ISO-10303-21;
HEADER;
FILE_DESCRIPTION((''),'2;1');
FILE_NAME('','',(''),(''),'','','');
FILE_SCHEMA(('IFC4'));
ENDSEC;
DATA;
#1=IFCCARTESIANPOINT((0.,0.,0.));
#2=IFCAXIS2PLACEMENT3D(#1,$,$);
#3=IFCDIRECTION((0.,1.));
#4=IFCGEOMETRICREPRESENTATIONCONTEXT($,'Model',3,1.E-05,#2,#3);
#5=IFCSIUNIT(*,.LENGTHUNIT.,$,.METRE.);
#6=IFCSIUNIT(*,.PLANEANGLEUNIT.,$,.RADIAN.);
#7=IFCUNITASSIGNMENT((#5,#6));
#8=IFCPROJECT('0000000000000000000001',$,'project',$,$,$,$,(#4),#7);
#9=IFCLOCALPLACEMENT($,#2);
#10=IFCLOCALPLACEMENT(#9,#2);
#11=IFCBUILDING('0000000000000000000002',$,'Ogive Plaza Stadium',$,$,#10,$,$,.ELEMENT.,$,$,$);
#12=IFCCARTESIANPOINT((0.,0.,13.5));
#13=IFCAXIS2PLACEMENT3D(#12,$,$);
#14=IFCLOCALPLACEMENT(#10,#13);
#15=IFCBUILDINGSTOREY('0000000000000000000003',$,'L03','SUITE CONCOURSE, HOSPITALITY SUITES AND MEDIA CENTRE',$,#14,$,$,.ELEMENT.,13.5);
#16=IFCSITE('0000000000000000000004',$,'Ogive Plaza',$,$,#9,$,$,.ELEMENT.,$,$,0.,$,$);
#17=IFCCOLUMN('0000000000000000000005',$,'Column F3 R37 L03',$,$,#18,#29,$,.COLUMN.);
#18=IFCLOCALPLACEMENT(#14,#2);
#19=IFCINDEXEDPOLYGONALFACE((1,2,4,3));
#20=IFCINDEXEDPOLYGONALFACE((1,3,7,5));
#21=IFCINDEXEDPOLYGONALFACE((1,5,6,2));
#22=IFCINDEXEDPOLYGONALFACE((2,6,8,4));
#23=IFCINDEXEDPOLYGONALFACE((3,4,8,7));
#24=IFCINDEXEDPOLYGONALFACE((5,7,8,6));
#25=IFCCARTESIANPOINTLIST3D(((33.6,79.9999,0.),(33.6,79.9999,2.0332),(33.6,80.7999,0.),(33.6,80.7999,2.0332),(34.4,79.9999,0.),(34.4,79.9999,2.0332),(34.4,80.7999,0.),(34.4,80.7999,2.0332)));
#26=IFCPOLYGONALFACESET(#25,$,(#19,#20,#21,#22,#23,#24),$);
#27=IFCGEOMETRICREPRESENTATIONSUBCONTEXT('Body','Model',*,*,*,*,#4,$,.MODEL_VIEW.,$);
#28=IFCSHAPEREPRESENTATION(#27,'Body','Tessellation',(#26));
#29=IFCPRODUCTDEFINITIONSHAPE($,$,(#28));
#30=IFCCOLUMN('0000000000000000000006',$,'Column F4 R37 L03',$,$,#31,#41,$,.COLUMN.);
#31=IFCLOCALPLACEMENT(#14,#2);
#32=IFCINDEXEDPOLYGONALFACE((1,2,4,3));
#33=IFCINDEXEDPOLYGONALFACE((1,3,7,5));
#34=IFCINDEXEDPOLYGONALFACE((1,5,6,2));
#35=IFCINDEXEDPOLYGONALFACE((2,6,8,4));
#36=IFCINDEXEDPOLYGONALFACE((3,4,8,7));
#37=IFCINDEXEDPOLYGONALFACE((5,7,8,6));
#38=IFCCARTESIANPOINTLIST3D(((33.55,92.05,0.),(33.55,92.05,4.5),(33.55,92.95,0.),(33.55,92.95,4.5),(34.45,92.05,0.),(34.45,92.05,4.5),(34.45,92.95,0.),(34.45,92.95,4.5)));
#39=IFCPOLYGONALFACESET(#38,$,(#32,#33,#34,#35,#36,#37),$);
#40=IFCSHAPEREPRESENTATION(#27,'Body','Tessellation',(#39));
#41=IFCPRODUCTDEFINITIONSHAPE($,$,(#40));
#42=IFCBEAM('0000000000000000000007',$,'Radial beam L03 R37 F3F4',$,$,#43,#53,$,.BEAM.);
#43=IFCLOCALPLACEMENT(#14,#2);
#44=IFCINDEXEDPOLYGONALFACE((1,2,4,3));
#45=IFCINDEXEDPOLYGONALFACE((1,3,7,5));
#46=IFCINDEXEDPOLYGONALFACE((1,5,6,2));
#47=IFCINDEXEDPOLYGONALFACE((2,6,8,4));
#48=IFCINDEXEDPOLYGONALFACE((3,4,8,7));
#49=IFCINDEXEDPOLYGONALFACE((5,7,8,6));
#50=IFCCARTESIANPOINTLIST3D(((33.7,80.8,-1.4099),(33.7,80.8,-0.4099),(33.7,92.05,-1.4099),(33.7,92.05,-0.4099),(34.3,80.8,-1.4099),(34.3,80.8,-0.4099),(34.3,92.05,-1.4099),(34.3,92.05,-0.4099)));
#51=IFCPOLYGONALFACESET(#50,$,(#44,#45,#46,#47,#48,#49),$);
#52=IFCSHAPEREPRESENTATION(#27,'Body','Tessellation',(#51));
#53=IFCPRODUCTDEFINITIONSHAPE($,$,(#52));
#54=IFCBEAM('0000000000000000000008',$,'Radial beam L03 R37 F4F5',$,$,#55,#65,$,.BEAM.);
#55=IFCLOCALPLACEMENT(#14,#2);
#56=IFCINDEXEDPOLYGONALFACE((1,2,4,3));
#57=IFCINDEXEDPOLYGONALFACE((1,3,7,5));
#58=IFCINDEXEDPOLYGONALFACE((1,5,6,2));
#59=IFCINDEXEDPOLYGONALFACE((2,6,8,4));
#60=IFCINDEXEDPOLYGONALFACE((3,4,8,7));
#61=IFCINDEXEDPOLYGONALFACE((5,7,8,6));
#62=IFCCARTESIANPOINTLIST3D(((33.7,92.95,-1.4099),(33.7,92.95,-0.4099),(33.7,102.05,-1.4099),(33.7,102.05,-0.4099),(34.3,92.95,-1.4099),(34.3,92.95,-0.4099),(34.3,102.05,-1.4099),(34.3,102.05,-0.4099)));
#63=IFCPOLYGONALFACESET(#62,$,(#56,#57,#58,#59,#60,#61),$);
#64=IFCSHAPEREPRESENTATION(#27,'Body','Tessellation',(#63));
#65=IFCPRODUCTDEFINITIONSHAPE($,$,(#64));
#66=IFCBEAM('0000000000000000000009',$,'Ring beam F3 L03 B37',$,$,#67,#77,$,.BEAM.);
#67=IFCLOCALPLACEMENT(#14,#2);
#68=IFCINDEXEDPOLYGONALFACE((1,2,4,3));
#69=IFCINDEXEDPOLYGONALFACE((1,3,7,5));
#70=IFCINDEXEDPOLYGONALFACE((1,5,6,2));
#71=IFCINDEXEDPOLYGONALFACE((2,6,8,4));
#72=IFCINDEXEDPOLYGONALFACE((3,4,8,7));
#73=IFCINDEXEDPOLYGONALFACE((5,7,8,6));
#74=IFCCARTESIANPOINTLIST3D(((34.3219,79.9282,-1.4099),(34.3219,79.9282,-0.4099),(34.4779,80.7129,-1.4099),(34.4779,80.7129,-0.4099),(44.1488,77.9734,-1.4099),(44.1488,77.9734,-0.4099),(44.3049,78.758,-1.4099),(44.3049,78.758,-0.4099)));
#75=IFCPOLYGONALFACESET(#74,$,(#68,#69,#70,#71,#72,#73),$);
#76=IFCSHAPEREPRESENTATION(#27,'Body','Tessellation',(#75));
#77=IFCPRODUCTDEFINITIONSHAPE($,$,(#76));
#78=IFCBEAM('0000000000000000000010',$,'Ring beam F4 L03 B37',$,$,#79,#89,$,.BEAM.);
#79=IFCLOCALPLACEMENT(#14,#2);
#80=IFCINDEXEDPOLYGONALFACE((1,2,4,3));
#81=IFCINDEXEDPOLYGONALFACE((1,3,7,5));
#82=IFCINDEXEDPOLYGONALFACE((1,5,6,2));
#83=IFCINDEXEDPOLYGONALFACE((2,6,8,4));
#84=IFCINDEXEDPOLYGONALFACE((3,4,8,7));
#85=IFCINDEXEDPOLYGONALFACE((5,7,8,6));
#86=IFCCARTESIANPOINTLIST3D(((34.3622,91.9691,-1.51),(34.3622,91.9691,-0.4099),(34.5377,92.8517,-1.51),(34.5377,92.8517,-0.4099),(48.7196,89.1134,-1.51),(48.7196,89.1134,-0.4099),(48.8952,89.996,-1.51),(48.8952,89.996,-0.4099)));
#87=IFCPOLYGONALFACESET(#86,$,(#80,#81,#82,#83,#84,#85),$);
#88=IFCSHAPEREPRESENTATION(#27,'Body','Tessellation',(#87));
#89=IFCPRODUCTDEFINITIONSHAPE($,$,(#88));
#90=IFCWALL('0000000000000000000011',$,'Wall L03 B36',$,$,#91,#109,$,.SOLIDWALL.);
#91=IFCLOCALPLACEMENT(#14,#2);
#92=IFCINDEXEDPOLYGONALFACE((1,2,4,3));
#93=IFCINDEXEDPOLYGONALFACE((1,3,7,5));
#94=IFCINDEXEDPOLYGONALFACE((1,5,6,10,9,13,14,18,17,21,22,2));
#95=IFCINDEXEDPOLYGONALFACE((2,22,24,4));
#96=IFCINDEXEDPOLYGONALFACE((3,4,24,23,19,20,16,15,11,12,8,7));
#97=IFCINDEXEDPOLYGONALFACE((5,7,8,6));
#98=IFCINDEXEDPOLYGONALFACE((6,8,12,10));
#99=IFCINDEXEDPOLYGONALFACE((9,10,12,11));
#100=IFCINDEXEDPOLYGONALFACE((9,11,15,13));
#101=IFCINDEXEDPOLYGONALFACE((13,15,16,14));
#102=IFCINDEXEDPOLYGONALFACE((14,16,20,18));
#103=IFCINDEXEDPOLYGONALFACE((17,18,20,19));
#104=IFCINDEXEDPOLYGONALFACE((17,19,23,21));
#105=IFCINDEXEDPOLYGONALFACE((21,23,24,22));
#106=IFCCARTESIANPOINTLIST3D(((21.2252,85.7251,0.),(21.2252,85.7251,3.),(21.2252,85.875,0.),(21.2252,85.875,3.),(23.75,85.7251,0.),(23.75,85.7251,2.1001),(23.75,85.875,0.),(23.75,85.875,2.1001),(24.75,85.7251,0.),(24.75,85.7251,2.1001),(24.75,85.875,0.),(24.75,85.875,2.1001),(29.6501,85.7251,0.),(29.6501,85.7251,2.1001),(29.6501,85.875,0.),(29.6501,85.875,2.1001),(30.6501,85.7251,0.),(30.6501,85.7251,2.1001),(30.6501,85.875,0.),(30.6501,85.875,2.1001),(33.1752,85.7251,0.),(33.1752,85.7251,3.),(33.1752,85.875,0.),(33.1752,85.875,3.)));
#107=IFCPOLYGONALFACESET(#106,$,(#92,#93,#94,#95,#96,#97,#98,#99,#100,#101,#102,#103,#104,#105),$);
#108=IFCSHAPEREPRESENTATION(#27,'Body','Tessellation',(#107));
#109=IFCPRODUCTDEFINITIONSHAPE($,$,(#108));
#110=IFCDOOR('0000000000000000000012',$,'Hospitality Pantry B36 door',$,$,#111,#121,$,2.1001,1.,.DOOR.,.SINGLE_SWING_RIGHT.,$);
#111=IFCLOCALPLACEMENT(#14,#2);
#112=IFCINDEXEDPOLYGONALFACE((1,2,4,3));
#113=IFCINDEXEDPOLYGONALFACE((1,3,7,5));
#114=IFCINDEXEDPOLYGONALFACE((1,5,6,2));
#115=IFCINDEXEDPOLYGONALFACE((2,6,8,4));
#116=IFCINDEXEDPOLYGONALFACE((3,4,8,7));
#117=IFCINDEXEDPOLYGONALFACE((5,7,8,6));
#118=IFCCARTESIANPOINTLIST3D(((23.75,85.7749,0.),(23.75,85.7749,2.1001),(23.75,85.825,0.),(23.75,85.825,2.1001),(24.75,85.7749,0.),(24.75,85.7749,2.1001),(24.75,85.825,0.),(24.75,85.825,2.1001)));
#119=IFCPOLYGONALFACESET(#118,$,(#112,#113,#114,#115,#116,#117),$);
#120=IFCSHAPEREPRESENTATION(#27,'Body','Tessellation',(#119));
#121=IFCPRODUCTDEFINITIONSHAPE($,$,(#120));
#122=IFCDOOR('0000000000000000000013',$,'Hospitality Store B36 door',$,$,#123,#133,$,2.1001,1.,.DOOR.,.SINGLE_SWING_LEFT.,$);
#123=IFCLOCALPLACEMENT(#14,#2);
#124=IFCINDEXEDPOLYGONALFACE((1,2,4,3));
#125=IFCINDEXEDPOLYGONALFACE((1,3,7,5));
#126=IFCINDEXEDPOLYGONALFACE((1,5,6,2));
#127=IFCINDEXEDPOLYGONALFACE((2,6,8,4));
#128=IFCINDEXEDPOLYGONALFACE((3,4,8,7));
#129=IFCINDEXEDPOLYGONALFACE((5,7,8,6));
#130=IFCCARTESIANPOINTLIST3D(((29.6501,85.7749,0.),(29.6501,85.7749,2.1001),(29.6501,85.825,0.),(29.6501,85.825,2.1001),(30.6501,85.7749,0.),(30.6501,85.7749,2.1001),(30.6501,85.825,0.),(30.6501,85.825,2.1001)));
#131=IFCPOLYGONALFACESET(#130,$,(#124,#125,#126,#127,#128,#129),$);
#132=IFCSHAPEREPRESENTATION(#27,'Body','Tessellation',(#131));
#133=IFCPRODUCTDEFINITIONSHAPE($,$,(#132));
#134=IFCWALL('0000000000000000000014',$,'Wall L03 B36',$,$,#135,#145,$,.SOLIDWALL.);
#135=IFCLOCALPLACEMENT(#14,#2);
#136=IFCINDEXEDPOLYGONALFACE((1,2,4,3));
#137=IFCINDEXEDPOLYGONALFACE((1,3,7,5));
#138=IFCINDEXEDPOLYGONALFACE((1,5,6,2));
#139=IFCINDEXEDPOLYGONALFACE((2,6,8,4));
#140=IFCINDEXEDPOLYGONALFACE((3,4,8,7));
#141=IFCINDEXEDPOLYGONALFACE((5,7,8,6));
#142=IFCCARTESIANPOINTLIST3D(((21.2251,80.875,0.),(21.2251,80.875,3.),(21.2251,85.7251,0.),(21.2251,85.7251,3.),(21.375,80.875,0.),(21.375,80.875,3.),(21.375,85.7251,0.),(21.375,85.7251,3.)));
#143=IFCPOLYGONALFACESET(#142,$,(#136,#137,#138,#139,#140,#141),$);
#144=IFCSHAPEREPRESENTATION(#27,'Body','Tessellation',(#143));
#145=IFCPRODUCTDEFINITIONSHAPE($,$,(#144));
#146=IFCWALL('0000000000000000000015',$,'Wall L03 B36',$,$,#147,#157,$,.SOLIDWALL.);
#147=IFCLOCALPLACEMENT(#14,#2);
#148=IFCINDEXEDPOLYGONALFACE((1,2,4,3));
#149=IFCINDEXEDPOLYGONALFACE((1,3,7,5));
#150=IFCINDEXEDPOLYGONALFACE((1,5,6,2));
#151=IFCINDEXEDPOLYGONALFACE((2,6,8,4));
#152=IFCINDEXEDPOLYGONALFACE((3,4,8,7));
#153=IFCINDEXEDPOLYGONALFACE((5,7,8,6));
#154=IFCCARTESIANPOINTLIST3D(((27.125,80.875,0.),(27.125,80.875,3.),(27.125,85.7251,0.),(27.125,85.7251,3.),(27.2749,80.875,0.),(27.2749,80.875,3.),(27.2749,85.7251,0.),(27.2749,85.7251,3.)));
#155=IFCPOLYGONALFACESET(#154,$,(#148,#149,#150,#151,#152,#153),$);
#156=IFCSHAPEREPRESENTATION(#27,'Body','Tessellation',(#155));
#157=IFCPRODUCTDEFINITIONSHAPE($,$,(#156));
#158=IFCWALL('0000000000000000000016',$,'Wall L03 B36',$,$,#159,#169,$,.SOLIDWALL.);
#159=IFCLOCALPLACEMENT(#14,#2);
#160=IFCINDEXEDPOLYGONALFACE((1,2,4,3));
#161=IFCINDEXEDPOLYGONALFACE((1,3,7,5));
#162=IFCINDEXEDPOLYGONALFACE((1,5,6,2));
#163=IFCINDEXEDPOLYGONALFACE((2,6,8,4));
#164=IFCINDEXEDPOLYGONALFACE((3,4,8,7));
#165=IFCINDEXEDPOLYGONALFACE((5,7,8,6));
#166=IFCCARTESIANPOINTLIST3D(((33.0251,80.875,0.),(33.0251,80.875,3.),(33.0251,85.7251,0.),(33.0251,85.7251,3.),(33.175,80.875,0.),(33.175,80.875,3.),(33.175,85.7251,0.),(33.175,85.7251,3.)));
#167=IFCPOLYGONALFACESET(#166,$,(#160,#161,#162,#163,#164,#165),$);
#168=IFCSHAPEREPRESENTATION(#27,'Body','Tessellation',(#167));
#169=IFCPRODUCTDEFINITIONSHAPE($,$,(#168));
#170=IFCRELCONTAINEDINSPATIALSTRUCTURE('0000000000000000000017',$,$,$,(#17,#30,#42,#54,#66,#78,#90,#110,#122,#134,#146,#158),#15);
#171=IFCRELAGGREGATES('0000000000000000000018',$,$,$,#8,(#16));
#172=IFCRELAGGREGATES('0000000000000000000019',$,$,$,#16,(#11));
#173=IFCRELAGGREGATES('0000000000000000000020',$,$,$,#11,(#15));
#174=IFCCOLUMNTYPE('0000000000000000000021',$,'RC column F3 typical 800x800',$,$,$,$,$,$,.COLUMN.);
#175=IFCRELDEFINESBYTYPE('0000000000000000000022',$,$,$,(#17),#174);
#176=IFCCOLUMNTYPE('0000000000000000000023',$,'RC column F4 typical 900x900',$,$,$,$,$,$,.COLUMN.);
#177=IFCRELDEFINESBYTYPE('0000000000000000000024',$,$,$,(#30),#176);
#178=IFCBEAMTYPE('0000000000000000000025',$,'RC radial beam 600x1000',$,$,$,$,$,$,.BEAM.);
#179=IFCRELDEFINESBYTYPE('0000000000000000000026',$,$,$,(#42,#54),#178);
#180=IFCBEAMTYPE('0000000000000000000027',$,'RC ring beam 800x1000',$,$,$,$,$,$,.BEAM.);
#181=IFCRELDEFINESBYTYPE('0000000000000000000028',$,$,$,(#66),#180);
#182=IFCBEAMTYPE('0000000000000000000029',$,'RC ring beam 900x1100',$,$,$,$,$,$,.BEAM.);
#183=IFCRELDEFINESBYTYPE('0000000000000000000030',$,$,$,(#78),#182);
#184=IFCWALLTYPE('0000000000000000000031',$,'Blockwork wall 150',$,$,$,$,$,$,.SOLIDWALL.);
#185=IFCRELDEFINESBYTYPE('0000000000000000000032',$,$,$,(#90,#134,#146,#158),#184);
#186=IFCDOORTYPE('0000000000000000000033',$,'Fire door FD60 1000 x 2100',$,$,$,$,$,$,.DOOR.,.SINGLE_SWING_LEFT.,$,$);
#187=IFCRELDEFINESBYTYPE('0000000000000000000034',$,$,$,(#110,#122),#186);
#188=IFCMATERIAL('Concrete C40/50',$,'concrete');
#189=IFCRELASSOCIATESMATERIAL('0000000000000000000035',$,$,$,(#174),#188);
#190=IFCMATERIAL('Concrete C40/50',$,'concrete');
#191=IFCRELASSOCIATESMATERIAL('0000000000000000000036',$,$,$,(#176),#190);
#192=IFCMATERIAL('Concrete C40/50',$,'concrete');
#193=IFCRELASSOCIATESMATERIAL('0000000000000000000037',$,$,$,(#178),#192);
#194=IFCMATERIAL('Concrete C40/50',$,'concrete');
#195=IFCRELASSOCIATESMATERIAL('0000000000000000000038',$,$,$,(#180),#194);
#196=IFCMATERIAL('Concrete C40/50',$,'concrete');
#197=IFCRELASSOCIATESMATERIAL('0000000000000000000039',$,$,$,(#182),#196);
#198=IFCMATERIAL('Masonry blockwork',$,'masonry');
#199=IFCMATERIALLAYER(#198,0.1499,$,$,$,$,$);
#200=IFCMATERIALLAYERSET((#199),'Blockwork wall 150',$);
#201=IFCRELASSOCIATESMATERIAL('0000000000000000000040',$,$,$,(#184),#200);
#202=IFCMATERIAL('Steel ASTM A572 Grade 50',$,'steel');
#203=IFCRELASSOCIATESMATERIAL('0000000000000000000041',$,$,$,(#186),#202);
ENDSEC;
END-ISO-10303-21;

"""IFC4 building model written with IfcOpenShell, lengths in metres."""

from ifc_helpers import new_model, si_unit, direction, frame, frame_2d, origin, origin_2d, place, context, subcontext, project, spatial, rectangle, extrude, material, layer, layer_set, material_profile, profile_set, type_object, element, fill, save


model = new_model("IFC4")

# Units and contexts
model_context = context("Model", 3, precision=1e-05, world=origin(), true_north=direction((0.0, 1.0)))
body_context = subcontext(model_context, "Body", "Model", "MODEL_VIEW")
ifc_project = project(units=[si_unit("LENGTHUNIT", "METRE"), si_unit("PLANEANGLEUNIT", "RADIAN")], contexts=[model_context])

# Site, building, storey
site_placement = place(None, origin())
site = spatial("IfcSite", under=ifc_project, at=site_placement, Name="Ogive Plaza", CompositionType="ELEMENT", RefElevation=0.0)
building_placement = place(site_placement, origin())
building = spatial("IfcBuilding", under=site, at=building_placement, Name="Ogive Plaza Stadium", CompositionType="ELEMENT")
storey_placement = place(building_placement, frame((0.0, 0.0, 13.5)))
storey = spatial("IfcBuildingStorey", under=building, at=storey_placement, Name="L03", Description="SUITE CONCOURSE, HOSPITALITY SUITES AND MEDIA CENTRE", CompositionType="ELEMENT", Elevation=13.5)

# Columns
ifc_material_1 = material(Name="Concrete C40/50", Category="concrete")
ifc_material_profile_1 = material_profile(ifc_material_1, rectangle(XDim=0.8, YDim=0.8, at=origin_2d()), Name="RC 800x800")
ifc_profile_set_1 = profile_set([ifc_material_profile_1], Name="Concrete C40/50")
column_type_1 = type_object("IfcColumnType", Name="RC column F3 typical 800x800", PredefinedType="COLUMN", material=ifc_profile_set_1)
column_1_placement = place(storey_placement, frame((34.0, 80.3999, 0.0), z_axis=(0.0, 0.0, 1.0), x_axis=(-1.0, 0.0, 0.0)))
element("IfcColumn", 1, at=column_1_placement, inside=storey, type_object=column_type_1, Name="Column F3 R37 L03", PredefinedType="COLUMN", context=body_context, shape_type="SweptSolid", body=[
    extrude(rectangle(XDim=0.8, YDim=0.8, at=origin_2d()), origin(), (0.0, 0.0, 1.0), 2.0332),
])
ifc_material_2 = material(Name="Concrete C40/50", Category="concrete")
ifc_material_profile_2 = material_profile(ifc_material_2, rectangle(XDim=0.8999, YDim=0.8999, at=origin_2d()), Name="RC 900x900")
ifc_profile_set_2 = profile_set([ifc_material_profile_2], Name="Concrete C40/50")
column_type_2 = type_object("IfcColumnType", Name="RC column F4 typical 900x900", PredefinedType="COLUMN", material=ifc_profile_set_2)
column_2_placement = place(storey_placement, frame((34.0, 92.5, 0.0), z_axis=(0.0, 0.0, 1.0), x_axis=(-1.0, 0.0, 0.0)))
element("IfcColumn", 2, at=column_2_placement, inside=storey, type_object=column_type_2, Name="Column F4 R37 L03", PredefinedType="COLUMN", context=body_context, shape_type="SweptSolid", body=[
    extrude(rectangle(XDim=0.8999, YDim=0.8999, at=origin_2d()), origin(), (0.0, 0.0, 1.0), 4.5),
])

# Beams
ifc_material_3 = material(Name="Concrete C40/50", Category="concrete")
ifc_material_profile_3 = material_profile(ifc_material_3, rectangle(XDim=0.6001, YDim=1.0, at=origin_2d()), Name="RC 600x1000")
ifc_profile_set_3 = profile_set([ifc_material_profile_3], Name="Concrete C40/50")
beam_type_1 = type_object("IfcBeamType", Name="RC radial beam 600x1000", PredefinedType="BEAM", material=ifc_profile_set_3)
beam_1_placement = place(storey_placement, frame((34.0, 80.8, -0.9099), z_axis=(0.0, 1.0, 0.0), x_axis=(-1.0, 0.0, 0.0)))
element("IfcBeam", 3, at=beam_1_placement, inside=storey, type_object=beam_type_1, Name="Radial beam L03 R37 F3F4", PredefinedType="BEAM", context=body_context, shape_type="SweptSolid", body=[
    extrude(rectangle(XDim=0.6001, YDim=1.0, at=origin_2d()), origin(), (0.0, 0.0, 1.0), 11.25),
])
beam_2_placement = place(storey_placement, frame((34.0, 92.95, -0.9099), z_axis=(0.0, 1.0, 0.0), x_axis=(-1.0, 0.0, 0.0)))
element("IfcBeam", 4, at=beam_2_placement, inside=storey, type_object=beam_type_1, Name="Radial beam L03 R37 F4F5", PredefinedType="BEAM", context=body_context, shape_type="SweptSolid", body=[
    extrude(rectangle(XDim=0.6001, YDim=1.0, at=origin_2d()), origin(), (0.0, 0.0, 1.0), 9.1001),
])
ifc_material_4 = material(Name="Concrete C40/50", Category="concrete")
ifc_material_profile_4 = material_profile(ifc_material_4, rectangle(XDim=0.8, YDim=1.0, at=origin_2d()), Name="RC 800x1000")
ifc_profile_set_4 = profile_set([ifc_material_profile_4], Name="Concrete C40/50")
beam_type_2 = type_object("IfcBeamType", Name="RC ring beam 800x1000", PredefinedType="BEAM", material=ifc_profile_set_4)
beam_3_placement = place(storey_placement, frame((34.3999, 80.3206, -0.9099), z_axis=(0.980783, -0.195104, 0.0), x_axis=(0.195104, 0.980783, 0.0)))
element("IfcBeam", 5, at=beam_3_placement, inside=storey, type_object=beam_type_2, Name="Ring beam F3 L03 B37", PredefinedType="BEAM", context=body_context, shape_type="SweptSolid", body=[
    extrude(rectangle(XDim=0.8, YDim=1.0, at=origin_2d()), origin(), (0.0, 0.0, 1.0), 10.0195),
])
ifc_material_5 = material(Name="Concrete C40/50", Category="concrete")
ifc_material_profile_5 = material_profile(ifc_material_5, rectangle(XDim=0.8999, YDim=1.1001, at=origin_2d()), Name="RC 900x1100")
ifc_profile_set_5 = profile_set([ifc_material_profile_5], Name="Concrete C40/50")
beam_type_3 = type_object("IfcBeamType", Name="RC ring beam 900x1100", PredefinedType="BEAM", material=ifc_profile_set_5)
beam_4_placement = place(storey_placement, frame((34.45, 92.4104, -0.96), z_axis=(0.980787, -0.19508, 0.0), x_axis=(0.19508, 0.980787, 0.0)))
element("IfcBeam", 6, at=beam_4_placement, inside=storey, type_object=beam_type_3, Name="Ring beam F4 L03 B37", PredefinedType="BEAM", context=body_context, shape_type="SweptSolid", body=[
    extrude(rectangle(XDim=0.8999, YDim=1.1001, at=origin_2d()), origin(), (0.0, 0.0, 1.0), 14.6387),
])

# Wall, openings, doors
ifc_material_6 = material(Name="Masonry blockwork", Category="masonry")
ifc_layer_1 = layer(ifc_material_6, 0.1499)
ifc_layer_set_1 = layer_set([ifc_layer_1], Name="Blockwork wall 150")
wall_type_1 = type_object("IfcWallType", Name="Blockwork wall 150", PredefinedType="SOLIDWALL", material=ifc_layer_set_1)
wall_1_placement = place(storey_placement, frame((21.2251, 85.8, 0.0), z_axis=(0.0, 0.0, 1.0), x_axis=(1.0, 0.0, 0.0)))
wall_1 = element("IfcWall", 7, at=wall_1_placement, inside=storey, type_object=wall_type_1, Name="Wall L03 B36", PredefinedType="SOLIDWALL", context=body_context, shape_type="SweptSolid", body=[
    extrude(rectangle(XDim=11.95, YDim=0.1499, at=frame_2d((5.9751, 0.0))), origin(), (0.0, 0.0, 1.0), 3.0),
])
opening_1_placement = place(wall_1_placement, frame((2.5249, 0.0, 0.0)))
opening_1 = element("IfcOpeningElement", 8, at=opening_1_placement, cuts=wall_1, PredefinedType="OPENING", context=body_context, shape_type="SweptSolid", body=[
    extrude(rectangle(XDim=1.0, YDim=2.1001, at=frame_2d((0.5, 1.05))), frame((0.0, 0.075, 0.0), z_axis=(0.0, -1.0, 0.0), x_axis=(1.0, 0.0, 0.0)), (0.0, 0.0, 1.0), 0.1499),
])
opening_2_placement = place(wall_1_placement, frame((8.425, 0.0, 0.0)))
opening_2 = element("IfcOpeningElement", 9, at=opening_2_placement, cuts=wall_1, PredefinedType="OPENING", context=body_context, shape_type="SweptSolid", body=[
    extrude(rectangle(XDim=1.0, YDim=2.1001, at=frame_2d((0.5, 1.05))), frame((0.0, 0.075, 0.0), z_axis=(0.0, -1.0, 0.0), x_axis=(1.0, 0.0, 0.0)), (0.0, 0.0, 1.0), 0.1499),
])
ifc_material_7 = material(Name="Steel ASTM A572 Grade 50", Category="steel")
door_type_1 = type_object("IfcDoorType", Name="Fire door FD60 1000 x 2100", OperationType="SINGLE_SWING_LEFT", PredefinedType="DOOR", material=ifc_material_7)
door_1_placement = place(opening_1_placement, origin())
door_1 = element("IfcDoor", 10, at=door_1_placement, inside=storey, type_object=door_type_1, Name="Hospitality Pantry B36 door", OperationType="SINGLE_SWING_RIGHT", OverallHeight=2.1001, OverallWidth=1.0, PredefinedType="DOOR", context=body_context, shape_type="SweptSolid", body=[
    extrude(rectangle(XDim=1.0, YDim=2.1001, at=frame_2d((0.5, 1.05))), frame((0.0, 0.0249, 0.0), z_axis=(0.0, -1.0, 0.0), x_axis=(1.0, 0.0, 0.0)), (0.0, 0.0, 1.0), 0.05),
])
fill(opening_1, door_1)
door_2_placement = place(opening_2_placement, origin())
door_2 = element("IfcDoor", 11, at=door_2_placement, inside=storey, type_object=door_type_1, Name="Hospitality Store B36 door", OperationType="SINGLE_SWING_LEFT", OverallHeight=2.1001, OverallWidth=1.0, PredefinedType="DOOR", context=body_context, shape_type="SweptSolid", body=[
    extrude(rectangle(XDim=1.0, YDim=2.1001, at=frame_2d((0.5, 1.05))), frame((0.0, 0.0249, 0.0), z_axis=(0.0, -1.0, 0.0), x_axis=(1.0, 0.0, 0.0)), (0.0, 0.0, 1.0), 0.05),
])
fill(opening_2, door_2)

# Walls
for number, where, z_axis, x_axis, name in (
    (12, (21.3, 80.875, 0.0), (0.0, 0.0, 1.0), (0.0, 1.0, 0.0), "Wall L03 B36"),
    (13, (27.2, 80.875, 0.0), (0.0, 0.0, 1.0), (0.0, 1.0, 0.0), "Wall L03 B36"),
    (14, (33.1001, 80.875, 0.0), (0.0, 0.0, 1.0), (0.0, 1.0, 0.0), "Wall L03 B36"),
):
    element("IfcWall", number, at=place(storey_placement, frame(where, z_axis=z_axis, x_axis=x_axis)), inside=storey, type_object=wall_type_1, Name=name, PredefinedType="SOLIDWALL", context=body_context, shape_type="SweptSolid", body=[
        extrude(rectangle(XDim=4.8501, YDim=0.1499, at=frame_2d((2.425, 0.0))), origin(), (0.0, 0.0, 1.0), 3.0),
    ])

save(model, "model.ifc")
